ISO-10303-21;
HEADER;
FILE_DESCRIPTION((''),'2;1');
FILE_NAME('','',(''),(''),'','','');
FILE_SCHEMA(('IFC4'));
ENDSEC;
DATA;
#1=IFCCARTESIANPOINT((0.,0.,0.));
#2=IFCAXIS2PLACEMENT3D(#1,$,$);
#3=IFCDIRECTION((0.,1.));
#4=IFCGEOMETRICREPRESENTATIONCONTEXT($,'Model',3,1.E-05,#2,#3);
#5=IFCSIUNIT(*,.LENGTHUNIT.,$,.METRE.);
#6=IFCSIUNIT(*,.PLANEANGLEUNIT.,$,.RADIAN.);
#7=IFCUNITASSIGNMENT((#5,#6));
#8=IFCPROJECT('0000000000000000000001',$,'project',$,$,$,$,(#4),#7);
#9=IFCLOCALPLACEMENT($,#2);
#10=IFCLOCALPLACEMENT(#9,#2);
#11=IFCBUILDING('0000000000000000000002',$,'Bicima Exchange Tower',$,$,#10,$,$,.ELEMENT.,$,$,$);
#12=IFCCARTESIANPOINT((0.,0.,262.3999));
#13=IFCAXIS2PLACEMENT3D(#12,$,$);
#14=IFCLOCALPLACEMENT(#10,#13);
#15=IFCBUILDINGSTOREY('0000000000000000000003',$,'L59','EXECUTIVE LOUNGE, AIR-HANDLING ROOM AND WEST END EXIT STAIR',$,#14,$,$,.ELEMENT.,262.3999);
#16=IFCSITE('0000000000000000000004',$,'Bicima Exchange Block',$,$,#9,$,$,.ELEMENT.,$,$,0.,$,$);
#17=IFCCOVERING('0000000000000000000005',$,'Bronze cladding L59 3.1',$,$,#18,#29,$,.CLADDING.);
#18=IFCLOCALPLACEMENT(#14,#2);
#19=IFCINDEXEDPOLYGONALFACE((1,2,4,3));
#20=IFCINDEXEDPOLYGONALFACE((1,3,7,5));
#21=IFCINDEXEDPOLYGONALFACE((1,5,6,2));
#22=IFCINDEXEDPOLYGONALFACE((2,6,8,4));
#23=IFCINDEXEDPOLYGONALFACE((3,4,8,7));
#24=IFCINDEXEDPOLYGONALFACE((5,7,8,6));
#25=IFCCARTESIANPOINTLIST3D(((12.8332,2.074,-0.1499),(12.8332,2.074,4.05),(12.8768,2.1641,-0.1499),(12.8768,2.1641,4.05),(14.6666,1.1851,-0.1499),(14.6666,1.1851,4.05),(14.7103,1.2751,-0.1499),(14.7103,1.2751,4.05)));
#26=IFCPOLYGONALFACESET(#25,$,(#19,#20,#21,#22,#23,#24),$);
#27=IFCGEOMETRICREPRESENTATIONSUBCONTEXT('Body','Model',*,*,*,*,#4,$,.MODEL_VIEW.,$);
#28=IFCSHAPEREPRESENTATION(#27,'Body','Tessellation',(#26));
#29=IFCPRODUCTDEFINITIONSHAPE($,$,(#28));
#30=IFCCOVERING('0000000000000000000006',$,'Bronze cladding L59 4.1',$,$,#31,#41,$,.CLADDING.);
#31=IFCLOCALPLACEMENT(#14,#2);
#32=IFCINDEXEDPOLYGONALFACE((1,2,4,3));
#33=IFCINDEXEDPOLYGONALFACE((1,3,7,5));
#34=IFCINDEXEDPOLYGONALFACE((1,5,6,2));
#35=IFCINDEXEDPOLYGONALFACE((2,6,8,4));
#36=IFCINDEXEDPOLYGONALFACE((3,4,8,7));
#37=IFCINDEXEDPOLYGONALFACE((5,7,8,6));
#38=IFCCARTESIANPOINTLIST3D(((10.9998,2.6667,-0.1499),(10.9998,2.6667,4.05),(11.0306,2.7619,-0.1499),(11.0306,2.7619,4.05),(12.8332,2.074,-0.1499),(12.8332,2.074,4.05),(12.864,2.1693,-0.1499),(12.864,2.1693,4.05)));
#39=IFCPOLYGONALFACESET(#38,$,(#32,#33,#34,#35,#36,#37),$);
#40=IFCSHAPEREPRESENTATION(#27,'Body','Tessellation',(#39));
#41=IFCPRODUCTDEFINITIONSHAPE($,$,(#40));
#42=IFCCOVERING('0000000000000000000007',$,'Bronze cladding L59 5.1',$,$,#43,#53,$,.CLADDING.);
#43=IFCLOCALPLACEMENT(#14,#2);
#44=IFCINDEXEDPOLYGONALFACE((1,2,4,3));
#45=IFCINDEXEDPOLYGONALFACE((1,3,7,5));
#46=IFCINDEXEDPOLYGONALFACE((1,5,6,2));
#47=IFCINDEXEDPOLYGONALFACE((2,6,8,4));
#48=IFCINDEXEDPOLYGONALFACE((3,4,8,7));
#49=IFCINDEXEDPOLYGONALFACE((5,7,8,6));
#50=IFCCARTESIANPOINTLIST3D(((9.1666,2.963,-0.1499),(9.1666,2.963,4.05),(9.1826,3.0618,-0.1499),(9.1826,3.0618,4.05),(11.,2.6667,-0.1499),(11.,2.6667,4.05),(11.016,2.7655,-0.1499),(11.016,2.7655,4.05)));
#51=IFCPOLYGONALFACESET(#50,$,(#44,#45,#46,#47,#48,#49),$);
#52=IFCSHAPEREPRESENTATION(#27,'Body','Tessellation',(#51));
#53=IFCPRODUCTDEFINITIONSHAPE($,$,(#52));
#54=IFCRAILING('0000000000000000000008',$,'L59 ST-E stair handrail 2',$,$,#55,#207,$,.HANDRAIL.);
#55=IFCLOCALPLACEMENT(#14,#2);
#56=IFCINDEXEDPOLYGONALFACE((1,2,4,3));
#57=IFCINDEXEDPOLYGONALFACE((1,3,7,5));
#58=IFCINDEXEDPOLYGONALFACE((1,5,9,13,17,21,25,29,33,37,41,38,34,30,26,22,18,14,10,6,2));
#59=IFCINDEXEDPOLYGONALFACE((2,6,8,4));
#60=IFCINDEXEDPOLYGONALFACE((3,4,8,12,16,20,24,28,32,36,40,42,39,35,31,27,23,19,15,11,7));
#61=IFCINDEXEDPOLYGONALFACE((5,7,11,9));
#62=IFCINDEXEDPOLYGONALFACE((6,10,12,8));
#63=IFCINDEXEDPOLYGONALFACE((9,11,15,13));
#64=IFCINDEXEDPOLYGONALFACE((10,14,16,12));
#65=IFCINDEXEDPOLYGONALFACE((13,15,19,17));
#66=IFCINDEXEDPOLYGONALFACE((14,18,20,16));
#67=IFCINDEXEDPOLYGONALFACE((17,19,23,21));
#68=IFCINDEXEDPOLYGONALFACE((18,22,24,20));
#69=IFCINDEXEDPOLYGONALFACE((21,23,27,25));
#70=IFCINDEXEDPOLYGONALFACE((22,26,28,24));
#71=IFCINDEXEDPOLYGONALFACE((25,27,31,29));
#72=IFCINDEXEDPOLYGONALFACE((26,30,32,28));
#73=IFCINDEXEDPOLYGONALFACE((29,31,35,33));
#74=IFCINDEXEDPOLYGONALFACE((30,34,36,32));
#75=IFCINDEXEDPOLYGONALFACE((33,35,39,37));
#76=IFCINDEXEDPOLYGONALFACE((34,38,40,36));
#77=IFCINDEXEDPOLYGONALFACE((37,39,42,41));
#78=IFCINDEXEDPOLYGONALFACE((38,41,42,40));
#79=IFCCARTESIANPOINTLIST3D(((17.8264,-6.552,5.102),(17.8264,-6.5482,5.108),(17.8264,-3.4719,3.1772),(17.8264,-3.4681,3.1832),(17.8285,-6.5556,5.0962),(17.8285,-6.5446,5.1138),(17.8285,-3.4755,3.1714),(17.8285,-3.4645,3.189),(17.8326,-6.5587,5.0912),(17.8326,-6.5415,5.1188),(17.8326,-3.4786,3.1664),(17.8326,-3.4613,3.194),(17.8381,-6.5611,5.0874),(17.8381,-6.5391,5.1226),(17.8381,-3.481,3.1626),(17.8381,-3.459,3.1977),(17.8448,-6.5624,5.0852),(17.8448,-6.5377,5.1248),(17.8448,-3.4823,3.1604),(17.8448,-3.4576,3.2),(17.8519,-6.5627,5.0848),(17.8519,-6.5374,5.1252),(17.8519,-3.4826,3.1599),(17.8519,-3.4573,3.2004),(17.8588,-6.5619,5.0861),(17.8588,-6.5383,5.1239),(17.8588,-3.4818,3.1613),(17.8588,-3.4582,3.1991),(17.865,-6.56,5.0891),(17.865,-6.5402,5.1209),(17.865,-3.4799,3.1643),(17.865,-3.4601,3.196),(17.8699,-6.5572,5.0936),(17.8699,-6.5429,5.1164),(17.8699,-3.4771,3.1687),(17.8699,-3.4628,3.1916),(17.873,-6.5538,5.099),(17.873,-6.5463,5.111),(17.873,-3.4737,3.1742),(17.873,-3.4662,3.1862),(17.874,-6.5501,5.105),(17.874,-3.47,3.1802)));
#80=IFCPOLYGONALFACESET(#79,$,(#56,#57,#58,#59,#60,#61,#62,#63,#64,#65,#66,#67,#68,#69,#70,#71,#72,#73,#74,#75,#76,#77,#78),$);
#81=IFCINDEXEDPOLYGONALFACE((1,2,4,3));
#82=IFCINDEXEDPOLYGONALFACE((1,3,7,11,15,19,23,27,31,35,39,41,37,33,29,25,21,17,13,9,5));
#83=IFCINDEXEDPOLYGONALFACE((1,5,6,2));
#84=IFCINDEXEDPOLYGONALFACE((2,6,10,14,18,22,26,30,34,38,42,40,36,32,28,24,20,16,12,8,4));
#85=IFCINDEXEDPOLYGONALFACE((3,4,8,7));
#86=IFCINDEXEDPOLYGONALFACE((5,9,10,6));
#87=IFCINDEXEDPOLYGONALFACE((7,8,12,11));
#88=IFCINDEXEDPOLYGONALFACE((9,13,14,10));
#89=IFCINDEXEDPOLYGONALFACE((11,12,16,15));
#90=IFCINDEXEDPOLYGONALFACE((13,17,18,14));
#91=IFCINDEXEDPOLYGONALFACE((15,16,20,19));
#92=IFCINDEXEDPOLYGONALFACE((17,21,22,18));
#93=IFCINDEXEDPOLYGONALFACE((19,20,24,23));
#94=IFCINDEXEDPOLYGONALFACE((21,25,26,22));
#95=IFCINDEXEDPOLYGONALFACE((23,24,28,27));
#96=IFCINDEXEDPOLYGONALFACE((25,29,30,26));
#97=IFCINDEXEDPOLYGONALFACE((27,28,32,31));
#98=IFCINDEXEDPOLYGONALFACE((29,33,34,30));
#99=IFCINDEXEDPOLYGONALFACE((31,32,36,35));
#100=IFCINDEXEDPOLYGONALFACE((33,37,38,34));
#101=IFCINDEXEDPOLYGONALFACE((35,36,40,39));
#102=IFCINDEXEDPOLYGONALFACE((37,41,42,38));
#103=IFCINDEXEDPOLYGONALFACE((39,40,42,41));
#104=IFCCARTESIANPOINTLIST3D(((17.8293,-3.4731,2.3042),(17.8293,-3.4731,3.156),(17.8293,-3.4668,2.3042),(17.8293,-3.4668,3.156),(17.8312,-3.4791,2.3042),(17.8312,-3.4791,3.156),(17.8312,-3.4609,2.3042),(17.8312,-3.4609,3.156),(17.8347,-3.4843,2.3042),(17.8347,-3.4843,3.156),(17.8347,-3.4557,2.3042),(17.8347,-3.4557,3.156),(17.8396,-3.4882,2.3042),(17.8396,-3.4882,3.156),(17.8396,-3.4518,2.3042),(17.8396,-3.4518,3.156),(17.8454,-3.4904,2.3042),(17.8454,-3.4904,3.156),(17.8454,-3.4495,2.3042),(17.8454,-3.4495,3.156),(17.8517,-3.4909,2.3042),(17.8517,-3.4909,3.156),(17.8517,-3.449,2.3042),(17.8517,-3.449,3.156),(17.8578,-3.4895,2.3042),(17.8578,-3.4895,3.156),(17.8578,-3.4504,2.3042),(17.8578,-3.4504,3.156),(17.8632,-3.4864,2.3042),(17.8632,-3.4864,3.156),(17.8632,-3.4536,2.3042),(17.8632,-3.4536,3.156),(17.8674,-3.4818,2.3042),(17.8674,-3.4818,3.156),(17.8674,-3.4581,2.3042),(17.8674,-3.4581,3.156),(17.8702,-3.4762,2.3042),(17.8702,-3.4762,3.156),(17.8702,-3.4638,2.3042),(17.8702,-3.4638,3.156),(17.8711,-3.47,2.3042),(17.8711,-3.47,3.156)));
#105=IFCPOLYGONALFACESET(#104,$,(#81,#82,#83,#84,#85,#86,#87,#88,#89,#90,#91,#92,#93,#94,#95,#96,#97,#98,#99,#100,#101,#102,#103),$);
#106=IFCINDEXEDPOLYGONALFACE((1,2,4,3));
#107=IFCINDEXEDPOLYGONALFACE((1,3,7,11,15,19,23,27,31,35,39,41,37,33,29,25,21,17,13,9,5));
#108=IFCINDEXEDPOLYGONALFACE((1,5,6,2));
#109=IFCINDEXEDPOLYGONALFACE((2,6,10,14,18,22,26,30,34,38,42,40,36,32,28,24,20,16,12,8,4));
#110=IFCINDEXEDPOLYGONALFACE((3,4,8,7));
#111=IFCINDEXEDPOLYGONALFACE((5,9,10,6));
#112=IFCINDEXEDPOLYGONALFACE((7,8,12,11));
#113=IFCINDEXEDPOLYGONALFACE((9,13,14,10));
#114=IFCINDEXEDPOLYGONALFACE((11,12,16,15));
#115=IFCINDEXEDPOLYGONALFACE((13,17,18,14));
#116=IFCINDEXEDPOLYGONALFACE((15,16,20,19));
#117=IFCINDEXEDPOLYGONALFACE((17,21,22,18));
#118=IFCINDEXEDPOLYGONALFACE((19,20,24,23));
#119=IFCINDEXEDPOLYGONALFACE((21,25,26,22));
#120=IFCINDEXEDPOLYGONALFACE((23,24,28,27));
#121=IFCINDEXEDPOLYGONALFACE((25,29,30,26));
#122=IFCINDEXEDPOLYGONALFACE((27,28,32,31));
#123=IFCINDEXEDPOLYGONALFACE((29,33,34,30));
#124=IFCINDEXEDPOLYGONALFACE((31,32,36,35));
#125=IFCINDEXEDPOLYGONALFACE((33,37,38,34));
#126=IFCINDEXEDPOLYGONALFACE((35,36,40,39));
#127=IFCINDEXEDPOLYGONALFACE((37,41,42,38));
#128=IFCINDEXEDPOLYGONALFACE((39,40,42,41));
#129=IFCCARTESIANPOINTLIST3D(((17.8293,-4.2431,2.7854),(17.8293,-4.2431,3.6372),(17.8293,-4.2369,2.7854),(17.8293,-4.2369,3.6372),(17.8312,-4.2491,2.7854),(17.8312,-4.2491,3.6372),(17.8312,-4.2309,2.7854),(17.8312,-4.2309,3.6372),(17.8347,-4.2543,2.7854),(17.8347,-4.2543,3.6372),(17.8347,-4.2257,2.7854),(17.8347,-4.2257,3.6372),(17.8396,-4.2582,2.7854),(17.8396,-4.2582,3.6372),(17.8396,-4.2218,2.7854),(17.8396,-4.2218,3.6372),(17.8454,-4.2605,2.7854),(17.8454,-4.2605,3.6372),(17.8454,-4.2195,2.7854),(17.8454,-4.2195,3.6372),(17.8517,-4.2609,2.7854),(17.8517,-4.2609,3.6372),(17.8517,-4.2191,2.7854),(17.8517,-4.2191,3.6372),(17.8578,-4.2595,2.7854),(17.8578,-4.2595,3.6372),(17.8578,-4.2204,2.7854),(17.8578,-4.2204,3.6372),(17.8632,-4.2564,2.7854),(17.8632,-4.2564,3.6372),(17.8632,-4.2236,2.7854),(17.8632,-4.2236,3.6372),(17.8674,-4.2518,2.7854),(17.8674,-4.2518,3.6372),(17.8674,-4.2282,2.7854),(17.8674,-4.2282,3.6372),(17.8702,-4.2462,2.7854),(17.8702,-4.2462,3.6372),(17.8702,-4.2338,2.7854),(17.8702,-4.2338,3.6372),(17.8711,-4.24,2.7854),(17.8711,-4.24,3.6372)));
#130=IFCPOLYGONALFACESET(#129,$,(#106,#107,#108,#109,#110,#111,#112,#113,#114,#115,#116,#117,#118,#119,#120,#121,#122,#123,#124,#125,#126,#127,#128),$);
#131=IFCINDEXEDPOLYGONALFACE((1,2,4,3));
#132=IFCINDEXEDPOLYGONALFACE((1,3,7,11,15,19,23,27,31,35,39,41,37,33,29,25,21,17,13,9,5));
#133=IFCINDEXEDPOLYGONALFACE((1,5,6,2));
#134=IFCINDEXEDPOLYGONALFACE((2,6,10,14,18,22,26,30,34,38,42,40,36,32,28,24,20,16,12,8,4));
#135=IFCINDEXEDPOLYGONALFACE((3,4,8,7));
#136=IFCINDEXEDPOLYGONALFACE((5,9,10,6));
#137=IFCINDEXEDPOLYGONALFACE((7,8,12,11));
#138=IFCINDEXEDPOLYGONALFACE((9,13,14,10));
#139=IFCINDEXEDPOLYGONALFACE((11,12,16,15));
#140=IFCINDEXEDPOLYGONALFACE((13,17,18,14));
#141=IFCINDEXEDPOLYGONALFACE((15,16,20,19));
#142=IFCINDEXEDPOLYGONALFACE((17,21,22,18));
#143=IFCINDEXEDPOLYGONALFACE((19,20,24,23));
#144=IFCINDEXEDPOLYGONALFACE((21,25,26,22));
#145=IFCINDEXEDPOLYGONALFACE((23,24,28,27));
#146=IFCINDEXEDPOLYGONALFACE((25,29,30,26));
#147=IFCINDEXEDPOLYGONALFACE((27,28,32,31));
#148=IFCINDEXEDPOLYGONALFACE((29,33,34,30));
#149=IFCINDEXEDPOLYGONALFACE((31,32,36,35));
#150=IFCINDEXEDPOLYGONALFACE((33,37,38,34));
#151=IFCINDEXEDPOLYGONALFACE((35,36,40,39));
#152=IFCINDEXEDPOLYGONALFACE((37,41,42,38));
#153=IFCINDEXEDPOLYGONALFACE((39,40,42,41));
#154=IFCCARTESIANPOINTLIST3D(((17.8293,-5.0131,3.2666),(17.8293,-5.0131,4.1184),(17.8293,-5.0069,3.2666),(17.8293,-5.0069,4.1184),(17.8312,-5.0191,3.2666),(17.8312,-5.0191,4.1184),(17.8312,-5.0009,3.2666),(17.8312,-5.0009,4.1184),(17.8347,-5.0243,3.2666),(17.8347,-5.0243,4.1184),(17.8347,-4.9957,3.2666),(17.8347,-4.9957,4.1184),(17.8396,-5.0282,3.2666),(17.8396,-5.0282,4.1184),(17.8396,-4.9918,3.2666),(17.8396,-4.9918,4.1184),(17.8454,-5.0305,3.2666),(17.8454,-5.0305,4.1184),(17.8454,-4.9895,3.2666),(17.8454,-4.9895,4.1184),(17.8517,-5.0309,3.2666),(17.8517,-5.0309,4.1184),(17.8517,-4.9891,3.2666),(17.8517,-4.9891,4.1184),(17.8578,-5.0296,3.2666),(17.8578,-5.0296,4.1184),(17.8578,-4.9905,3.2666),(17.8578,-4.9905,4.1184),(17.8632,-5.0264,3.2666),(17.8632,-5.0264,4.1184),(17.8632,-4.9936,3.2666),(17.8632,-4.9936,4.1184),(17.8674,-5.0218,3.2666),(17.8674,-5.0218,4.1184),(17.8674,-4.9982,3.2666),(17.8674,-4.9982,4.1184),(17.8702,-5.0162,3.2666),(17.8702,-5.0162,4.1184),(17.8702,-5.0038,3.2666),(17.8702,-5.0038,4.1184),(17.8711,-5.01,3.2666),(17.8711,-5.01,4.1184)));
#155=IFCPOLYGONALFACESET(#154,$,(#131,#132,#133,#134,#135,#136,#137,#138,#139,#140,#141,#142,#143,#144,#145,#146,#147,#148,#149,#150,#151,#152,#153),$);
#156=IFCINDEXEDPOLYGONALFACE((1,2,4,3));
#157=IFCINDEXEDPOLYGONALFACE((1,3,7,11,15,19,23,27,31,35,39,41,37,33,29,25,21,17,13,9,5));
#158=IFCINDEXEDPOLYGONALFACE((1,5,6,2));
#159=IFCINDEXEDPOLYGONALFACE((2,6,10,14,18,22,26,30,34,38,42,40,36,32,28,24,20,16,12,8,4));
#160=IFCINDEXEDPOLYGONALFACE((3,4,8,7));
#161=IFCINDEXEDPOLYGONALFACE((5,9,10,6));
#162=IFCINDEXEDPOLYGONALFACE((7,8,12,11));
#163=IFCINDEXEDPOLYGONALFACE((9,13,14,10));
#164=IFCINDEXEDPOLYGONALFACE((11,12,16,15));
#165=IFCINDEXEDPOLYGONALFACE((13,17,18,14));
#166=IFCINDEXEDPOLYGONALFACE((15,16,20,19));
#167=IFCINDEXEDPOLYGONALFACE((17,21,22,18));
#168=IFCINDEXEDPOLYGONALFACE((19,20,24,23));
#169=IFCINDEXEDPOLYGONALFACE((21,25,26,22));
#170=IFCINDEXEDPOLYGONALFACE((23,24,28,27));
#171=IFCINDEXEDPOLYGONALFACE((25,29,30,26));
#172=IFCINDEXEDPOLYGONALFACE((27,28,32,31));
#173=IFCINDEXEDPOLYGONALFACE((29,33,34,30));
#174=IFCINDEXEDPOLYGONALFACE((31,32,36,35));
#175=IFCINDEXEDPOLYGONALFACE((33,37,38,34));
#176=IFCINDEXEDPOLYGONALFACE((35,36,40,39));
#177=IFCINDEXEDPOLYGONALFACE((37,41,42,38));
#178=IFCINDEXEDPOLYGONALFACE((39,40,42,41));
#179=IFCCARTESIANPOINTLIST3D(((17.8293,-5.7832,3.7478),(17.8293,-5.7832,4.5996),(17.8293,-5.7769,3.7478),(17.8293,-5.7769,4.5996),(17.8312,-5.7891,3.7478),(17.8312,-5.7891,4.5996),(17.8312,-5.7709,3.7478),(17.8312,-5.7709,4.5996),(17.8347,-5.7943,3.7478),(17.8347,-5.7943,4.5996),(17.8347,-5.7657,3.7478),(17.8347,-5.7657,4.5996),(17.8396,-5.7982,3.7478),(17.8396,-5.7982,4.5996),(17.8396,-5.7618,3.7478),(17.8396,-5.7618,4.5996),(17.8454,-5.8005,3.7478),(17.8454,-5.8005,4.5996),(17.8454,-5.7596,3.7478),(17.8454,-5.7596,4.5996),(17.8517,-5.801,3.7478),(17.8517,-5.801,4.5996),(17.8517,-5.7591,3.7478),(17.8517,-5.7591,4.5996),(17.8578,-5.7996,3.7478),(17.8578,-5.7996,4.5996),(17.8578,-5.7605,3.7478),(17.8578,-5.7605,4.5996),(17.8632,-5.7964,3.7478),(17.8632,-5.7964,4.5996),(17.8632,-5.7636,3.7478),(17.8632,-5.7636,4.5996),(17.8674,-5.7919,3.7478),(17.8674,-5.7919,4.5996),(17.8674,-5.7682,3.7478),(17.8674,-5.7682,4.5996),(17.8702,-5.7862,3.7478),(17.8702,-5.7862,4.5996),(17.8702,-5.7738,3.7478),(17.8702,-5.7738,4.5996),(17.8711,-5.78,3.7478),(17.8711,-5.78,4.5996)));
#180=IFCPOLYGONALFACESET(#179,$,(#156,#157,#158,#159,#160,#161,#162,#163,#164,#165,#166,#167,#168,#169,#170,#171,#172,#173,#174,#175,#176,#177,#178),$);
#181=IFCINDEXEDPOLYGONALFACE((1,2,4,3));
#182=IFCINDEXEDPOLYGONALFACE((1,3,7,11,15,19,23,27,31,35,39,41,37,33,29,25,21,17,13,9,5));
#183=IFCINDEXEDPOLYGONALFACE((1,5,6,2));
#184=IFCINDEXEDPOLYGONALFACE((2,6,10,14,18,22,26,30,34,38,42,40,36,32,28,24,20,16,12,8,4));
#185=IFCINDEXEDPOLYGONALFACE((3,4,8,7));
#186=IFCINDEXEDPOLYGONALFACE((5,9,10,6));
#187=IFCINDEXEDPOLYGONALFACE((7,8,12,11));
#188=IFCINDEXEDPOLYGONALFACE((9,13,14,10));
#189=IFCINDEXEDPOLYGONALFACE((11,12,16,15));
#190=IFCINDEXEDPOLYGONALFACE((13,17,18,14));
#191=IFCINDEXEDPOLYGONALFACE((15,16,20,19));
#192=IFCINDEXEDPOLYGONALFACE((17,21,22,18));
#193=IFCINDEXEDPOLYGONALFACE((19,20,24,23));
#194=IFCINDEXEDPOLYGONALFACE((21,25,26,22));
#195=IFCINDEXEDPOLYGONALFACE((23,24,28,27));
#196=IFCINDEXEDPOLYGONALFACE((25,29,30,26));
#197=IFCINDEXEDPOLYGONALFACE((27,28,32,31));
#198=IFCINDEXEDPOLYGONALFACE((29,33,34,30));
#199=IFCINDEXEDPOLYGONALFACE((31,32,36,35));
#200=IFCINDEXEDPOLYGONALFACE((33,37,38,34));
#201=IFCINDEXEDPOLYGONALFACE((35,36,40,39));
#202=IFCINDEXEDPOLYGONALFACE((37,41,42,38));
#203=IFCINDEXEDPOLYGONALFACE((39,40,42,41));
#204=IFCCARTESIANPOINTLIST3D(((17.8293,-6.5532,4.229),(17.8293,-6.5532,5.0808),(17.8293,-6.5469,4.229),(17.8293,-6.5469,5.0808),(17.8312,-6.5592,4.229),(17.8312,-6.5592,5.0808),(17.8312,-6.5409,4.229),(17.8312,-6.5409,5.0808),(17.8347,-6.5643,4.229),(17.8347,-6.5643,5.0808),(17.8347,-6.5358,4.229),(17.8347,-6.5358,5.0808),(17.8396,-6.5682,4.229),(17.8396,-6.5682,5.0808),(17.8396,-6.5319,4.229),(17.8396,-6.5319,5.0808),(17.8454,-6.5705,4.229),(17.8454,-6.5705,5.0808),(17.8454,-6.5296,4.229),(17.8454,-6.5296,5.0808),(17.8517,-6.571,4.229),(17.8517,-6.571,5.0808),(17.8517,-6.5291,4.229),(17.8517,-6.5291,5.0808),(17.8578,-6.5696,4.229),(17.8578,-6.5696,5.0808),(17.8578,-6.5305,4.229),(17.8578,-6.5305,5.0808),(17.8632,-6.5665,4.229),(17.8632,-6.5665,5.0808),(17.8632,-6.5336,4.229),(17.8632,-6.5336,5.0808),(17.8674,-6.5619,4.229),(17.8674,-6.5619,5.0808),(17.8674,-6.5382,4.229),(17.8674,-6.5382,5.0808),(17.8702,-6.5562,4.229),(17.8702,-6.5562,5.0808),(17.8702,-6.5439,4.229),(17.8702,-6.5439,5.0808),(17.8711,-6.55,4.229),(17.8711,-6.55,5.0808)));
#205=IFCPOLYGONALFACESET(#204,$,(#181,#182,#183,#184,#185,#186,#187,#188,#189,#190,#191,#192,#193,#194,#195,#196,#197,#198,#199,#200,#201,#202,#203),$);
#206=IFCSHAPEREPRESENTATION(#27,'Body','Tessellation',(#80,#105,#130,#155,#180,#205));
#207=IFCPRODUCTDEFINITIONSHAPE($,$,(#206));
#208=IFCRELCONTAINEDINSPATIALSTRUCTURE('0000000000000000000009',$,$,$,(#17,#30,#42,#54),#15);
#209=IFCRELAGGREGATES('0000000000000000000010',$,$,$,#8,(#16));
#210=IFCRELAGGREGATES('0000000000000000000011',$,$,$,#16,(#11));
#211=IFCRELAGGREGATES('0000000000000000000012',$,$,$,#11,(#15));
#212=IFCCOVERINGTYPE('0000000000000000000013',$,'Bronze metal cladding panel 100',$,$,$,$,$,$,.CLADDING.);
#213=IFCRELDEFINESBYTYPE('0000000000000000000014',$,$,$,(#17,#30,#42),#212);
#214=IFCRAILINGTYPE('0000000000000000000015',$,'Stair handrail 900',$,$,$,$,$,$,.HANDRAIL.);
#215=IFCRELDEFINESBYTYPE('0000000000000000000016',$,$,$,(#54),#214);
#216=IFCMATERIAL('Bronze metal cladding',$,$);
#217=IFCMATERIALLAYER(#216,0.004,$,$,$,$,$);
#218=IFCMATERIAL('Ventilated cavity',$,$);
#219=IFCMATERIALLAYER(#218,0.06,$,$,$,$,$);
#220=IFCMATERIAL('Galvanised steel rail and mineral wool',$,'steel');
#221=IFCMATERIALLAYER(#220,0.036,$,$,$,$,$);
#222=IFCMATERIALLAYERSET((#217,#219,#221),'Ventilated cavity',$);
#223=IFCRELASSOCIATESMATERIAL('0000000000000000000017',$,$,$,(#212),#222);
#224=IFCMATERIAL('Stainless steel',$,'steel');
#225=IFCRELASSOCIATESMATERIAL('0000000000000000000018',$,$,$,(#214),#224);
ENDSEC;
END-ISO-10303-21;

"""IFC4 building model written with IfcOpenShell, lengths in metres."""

from ifc_helpers import new_model, si_unit, direction, frame, origin, origin_2d, place, context, subcontext, project, spatial, rectangle, circle, extrude, material, layer, layer_set, type_object, element, save


model = new_model("IFC4")

# Units and contexts
model_context = context("Model", 3, precision=1e-05, world=origin(), true_north=direction((0.0, 1.0)))
body_context = subcontext(model_context, "Body", "Model", "MODEL_VIEW")
ifc_project = project(units=[si_unit("LENGTHUNIT", "METRE"), si_unit("PLANEANGLEUNIT", "RADIAN")], contexts=[model_context])

# Site, building, storey
site_placement = place(None, origin())
site = spatial("IfcSite", under=ifc_project, at=site_placement, Name="Bicima Exchange Block", CompositionType="ELEMENT", RefElevation=0.0)
building_placement = place(site_placement, origin())
building = spatial("IfcBuilding", under=site, at=building_placement, Name="Bicima Exchange Tower", CompositionType="ELEMENT")
storey_placement = place(building_placement, frame((0.0, 0.0, 262.3999)))
storey = spatial("IfcBuildingStorey", under=building, at=storey_placement, Name="L59", Description="EXECUTIVE LOUNGE, AIR-HANDLING ROOM AND WEST END EXIT STAIR", CompositionType="ELEMENT", Elevation=262.3999)

# Coverings
ifc_material_1 = material(Name="Bronze metal cladding")
ifc_layer_1 = layer(ifc_material_1, 0.004)
ifc_material_2 = material(Name="Ventilated cavity")
ifc_layer_2 = layer(ifc_material_2, 0.06)
ifc_material_3 = material(Name="Galvanised steel rail and mineral wool", Category="steel")
ifc_layer_3 = layer(ifc_material_3, 0.036)
ifc_layer_set_1 = layer_set([ifc_layer_1, ifc_layer_2, ifc_layer_3], Name="Ventilated cavity")
covering_type = type_object("IfcCoveringType", Name="Bronze metal cladding panel 100", PredefinedType="CLADDING", material=ifc_layer_set_1)
covering_1_placement = place(storey_placement, frame((13.7717, 1.6746, -0.1499), z_axis=(0.0, 0.0, 1.0), x_axis=(-0.899818, 0.436265, 0.0)))
element("IfcCovering", 1, at=covering_1_placement, inside=storey, type_object=covering_type, Name="Bronze cladding L59 3.1", PredefinedType="CLADDING", context=body_context, shape_type="SweptSolid", body=[
    extrude(rectangle(XDim=2.0376, YDim=0.1001, at=origin_2d()), origin(), (0.0, 0.0, 1.0), 4.2),
])
covering_2_placement = place(storey_placement, frame((11.9319, 2.418, -0.1499), z_axis=(0.0, 0.0, 1.0), x_axis=(-0.951525, 0.307573, 0.0)))
element("IfcCovering", 2, at=covering_2_placement, inside=storey, type_object=covering_type, Name="Bronze cladding L59 4.1", PredefinedType="CLADDING", context=body_context, shape_type="SweptSolid", body=[
    extrude(rectangle(XDim=1.9268, YDim=0.1001, at=origin_2d()), origin(), (0.0, 0.0, 1.0), 4.2),
])
covering_3_placement = place(storey_placement, frame((10.0913, 2.8643, -0.1499), z_axis=(0.0, 0.0, 1.0), x_axis=(-0.98719, 0.15955, 0.0)))
element("IfcCovering", 3, at=covering_3_placement, inside=storey, type_object=covering_type, Name="Bronze cladding L59 5.1", PredefinedType="CLADDING", context=body_context, shape_type="SweptSolid", body=[
    extrude(rectangle(XDim=1.8572, YDim=0.1001, at=origin_2d()), origin(), (0.0, 0.0, 1.0), 4.2),
])

# Railing
ifc_material_4 = material(Name="Stainless steel", Category="steel")
railing_type = type_object("IfcRailingType", Name="Stair handrail 900", PredefinedType="HANDRAIL", material=ifc_material_4)
railing_placement = place(storey_placement, frame((17.8501, -3.47, 2.3042)))
element("IfcRailing", 4, at=railing_placement, inside=storey, type_object=railing_type, Name="L59 ST-E stair handrail 2", PredefinedType="HANDRAIL", context=body_context, shape_type="SweptSolid", body=[
    extrude(circle(Radius=0.0239, at=origin_2d()), frame((0.0, 0.0, 0.876), z_axis=(0.0, -0.848029, 0.529951), x_axis=(1.0, 0.0, 0.0)), (0.0, 0.0, 1.0), 3.6321),
    extrude(circle(Radius=0.021, at=origin_2d()), origin(), (0.0, 0.0, 1.0), 0.8518),
    extrude(circle(Radius=0.021, at=origin_2d()), frame((0.0, -0.77, 0.4812)), (0.0, 0.0, 1.0), 0.8518),
    extrude(circle(Radius=0.021, at=origin_2d()), frame((0.0, -1.54, 0.9624)), (0.0, 0.0, 1.0), 0.8518),
    extrude(circle(Radius=0.021, at=origin_2d()), frame((0.0, -2.3101, 1.4436)), (0.0, 0.0, 1.0), 0.8518),
    extrude(circle(Radius=0.021, at=origin_2d()), frame((0.0, -3.0801, 1.9248)), (0.0, 0.0, 1.0), 0.8518),
])

save(model, "model.ifc")
